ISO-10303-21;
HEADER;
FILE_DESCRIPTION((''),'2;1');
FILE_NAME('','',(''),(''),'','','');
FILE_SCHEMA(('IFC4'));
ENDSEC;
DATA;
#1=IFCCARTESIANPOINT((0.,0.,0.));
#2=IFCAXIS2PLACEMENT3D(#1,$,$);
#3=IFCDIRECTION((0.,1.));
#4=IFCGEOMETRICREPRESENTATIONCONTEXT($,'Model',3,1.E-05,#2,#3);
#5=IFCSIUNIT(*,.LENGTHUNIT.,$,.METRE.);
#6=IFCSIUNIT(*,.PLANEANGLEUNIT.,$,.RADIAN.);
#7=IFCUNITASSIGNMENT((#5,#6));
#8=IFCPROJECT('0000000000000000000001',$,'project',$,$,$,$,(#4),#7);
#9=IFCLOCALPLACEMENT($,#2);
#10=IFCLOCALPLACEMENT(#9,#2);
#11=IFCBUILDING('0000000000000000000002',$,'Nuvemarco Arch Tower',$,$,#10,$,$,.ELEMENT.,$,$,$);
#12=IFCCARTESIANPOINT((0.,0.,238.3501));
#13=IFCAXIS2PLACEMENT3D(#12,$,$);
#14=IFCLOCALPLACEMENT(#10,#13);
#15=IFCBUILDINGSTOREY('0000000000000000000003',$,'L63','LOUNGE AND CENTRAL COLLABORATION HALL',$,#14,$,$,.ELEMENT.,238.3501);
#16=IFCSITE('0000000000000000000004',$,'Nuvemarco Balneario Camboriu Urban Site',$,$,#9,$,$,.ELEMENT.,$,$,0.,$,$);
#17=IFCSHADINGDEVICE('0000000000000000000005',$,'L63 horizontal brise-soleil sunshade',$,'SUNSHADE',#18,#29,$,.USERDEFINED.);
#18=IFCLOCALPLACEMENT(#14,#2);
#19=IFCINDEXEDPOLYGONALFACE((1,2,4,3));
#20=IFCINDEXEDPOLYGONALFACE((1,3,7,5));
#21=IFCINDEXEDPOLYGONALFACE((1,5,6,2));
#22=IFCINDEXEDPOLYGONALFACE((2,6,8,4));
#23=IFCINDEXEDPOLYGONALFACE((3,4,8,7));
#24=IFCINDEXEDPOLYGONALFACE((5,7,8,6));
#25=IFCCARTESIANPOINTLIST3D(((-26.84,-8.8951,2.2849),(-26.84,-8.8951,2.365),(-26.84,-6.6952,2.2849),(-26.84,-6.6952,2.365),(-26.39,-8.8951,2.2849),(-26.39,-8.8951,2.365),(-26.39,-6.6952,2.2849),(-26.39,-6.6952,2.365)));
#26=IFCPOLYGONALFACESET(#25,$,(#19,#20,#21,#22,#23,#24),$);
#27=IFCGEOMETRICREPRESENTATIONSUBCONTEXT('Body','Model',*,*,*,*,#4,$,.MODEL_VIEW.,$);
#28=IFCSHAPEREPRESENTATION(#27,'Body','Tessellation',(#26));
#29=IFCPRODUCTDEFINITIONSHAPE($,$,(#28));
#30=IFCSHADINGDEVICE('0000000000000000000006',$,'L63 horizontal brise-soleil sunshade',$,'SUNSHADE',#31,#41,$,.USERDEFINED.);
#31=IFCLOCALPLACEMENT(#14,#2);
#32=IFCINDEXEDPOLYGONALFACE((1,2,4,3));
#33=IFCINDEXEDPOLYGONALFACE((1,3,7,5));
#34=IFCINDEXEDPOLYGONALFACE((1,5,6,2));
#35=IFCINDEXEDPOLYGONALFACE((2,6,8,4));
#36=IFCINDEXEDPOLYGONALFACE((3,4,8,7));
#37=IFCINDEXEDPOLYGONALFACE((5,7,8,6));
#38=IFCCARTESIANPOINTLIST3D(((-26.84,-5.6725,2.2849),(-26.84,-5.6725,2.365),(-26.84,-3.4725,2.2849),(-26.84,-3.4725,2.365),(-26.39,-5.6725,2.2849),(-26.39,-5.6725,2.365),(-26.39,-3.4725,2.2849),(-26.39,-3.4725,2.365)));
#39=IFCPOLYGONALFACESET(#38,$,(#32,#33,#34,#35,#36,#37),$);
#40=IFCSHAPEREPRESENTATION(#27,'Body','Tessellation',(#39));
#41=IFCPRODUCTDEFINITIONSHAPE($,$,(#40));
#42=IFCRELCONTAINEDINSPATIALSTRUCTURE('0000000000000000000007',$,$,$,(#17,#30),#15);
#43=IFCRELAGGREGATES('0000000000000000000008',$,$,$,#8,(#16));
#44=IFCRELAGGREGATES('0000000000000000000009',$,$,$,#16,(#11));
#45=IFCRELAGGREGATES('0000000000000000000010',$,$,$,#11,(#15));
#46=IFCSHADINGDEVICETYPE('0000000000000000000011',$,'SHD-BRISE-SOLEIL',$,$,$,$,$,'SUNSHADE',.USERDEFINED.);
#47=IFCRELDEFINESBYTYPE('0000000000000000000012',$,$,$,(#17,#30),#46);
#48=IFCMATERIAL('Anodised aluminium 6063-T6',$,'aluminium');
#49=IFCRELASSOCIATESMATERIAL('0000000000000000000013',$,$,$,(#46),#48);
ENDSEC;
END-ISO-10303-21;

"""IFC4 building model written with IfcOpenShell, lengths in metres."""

from ifc_helpers import new_model, si_unit, direction, frame, origin, origin_2d, place, context, subcontext, project, spatial, rectangle, extrude, source, transform, mapped, material, type_object, type_shapes, element, save


model = new_model("IFC4")

# Units and contexts
model_context = context("Model", 3, precision=1e-05, world=origin(), true_north=direction((0.0, 1.0)))
body_context = subcontext(model_context, "Body", "Model", "MODEL_VIEW")
ifc_project = project(units=[si_unit("LENGTHUNIT", "METRE"), si_unit("PLANEANGLEUNIT", "RADIAN")], contexts=[model_context])

# Site, building, storey
site_placement = place(None, origin())
site = spatial("IfcSite", under=ifc_project, at=site_placement, Name="Nuvemarco Balneario Camboriu Urban Site", CompositionType="ELEMENT", RefElevation=0.0)
building_placement = place(site_placement, origin())
building = spatial("IfcBuilding", under=site, at=building_placement, Name="Nuvemarco Arch Tower", CompositionType="ELEMENT")
storey_placement = place(building_placement, frame((0.0, 0.0, 238.3501)))
storey = spatial("IfcBuildingStorey", under=building, at=storey_placement, Name="L63", Description="LOUNGE AND CENTRAL COLLABORATION HALL", CompositionType="ELEMENT", Elevation=238.3501)

# Shading devices
ifc_material_1 = material(Name="Anodised aluminium 6063-T6", Category="aluminium")
shading_device_type = type_object("IfcShadingDeviceType", Name="SHD-BRISE-SOLEIL", ElementType="SUNSHADE", PredefinedType="USERDEFINED", material=ifc_material_1)
shared_shape_1 = source(origin(), body_context, "Body", "SweptSolid", [
    extrude(rectangle(XDim=2.2, YDim=0.45, at=origin_2d()), origin(), (0.0, 0.0, 1.0), 0.0801),
])
type_shapes(shading_device_type, [shared_shape_1])
for number, where, z_axis, x_axis, name in (
    (1, (-26.615, -7.7952, 2.2849), (0.0, 0.0, 1.0), (0.0, 1.0, 0.0), "L63 horizontal brise-soleil sunshade"),
    (2, (-26.615, -4.5725, 2.2849), (0.0, 0.0, 1.0), (0.0, 1.0, 0.0), "L63 horizontal brise-soleil sunshade"),
):
    element("IfcShadingDevice", number, at=place(storey_placement, frame(where, z_axis=z_axis, x_axis=x_axis)), inside=storey, type_object=shading_device_type, Name=name, ObjectType="SUNSHADE", PredefinedType="USERDEFINED", context=body_context, shape_type="MappedRepresentation", body=[
        mapped(shared_shape_1, transform((0.0, 0.0, 0.0), scale=1.0)),
    ])

save(model, "model.ifc")
